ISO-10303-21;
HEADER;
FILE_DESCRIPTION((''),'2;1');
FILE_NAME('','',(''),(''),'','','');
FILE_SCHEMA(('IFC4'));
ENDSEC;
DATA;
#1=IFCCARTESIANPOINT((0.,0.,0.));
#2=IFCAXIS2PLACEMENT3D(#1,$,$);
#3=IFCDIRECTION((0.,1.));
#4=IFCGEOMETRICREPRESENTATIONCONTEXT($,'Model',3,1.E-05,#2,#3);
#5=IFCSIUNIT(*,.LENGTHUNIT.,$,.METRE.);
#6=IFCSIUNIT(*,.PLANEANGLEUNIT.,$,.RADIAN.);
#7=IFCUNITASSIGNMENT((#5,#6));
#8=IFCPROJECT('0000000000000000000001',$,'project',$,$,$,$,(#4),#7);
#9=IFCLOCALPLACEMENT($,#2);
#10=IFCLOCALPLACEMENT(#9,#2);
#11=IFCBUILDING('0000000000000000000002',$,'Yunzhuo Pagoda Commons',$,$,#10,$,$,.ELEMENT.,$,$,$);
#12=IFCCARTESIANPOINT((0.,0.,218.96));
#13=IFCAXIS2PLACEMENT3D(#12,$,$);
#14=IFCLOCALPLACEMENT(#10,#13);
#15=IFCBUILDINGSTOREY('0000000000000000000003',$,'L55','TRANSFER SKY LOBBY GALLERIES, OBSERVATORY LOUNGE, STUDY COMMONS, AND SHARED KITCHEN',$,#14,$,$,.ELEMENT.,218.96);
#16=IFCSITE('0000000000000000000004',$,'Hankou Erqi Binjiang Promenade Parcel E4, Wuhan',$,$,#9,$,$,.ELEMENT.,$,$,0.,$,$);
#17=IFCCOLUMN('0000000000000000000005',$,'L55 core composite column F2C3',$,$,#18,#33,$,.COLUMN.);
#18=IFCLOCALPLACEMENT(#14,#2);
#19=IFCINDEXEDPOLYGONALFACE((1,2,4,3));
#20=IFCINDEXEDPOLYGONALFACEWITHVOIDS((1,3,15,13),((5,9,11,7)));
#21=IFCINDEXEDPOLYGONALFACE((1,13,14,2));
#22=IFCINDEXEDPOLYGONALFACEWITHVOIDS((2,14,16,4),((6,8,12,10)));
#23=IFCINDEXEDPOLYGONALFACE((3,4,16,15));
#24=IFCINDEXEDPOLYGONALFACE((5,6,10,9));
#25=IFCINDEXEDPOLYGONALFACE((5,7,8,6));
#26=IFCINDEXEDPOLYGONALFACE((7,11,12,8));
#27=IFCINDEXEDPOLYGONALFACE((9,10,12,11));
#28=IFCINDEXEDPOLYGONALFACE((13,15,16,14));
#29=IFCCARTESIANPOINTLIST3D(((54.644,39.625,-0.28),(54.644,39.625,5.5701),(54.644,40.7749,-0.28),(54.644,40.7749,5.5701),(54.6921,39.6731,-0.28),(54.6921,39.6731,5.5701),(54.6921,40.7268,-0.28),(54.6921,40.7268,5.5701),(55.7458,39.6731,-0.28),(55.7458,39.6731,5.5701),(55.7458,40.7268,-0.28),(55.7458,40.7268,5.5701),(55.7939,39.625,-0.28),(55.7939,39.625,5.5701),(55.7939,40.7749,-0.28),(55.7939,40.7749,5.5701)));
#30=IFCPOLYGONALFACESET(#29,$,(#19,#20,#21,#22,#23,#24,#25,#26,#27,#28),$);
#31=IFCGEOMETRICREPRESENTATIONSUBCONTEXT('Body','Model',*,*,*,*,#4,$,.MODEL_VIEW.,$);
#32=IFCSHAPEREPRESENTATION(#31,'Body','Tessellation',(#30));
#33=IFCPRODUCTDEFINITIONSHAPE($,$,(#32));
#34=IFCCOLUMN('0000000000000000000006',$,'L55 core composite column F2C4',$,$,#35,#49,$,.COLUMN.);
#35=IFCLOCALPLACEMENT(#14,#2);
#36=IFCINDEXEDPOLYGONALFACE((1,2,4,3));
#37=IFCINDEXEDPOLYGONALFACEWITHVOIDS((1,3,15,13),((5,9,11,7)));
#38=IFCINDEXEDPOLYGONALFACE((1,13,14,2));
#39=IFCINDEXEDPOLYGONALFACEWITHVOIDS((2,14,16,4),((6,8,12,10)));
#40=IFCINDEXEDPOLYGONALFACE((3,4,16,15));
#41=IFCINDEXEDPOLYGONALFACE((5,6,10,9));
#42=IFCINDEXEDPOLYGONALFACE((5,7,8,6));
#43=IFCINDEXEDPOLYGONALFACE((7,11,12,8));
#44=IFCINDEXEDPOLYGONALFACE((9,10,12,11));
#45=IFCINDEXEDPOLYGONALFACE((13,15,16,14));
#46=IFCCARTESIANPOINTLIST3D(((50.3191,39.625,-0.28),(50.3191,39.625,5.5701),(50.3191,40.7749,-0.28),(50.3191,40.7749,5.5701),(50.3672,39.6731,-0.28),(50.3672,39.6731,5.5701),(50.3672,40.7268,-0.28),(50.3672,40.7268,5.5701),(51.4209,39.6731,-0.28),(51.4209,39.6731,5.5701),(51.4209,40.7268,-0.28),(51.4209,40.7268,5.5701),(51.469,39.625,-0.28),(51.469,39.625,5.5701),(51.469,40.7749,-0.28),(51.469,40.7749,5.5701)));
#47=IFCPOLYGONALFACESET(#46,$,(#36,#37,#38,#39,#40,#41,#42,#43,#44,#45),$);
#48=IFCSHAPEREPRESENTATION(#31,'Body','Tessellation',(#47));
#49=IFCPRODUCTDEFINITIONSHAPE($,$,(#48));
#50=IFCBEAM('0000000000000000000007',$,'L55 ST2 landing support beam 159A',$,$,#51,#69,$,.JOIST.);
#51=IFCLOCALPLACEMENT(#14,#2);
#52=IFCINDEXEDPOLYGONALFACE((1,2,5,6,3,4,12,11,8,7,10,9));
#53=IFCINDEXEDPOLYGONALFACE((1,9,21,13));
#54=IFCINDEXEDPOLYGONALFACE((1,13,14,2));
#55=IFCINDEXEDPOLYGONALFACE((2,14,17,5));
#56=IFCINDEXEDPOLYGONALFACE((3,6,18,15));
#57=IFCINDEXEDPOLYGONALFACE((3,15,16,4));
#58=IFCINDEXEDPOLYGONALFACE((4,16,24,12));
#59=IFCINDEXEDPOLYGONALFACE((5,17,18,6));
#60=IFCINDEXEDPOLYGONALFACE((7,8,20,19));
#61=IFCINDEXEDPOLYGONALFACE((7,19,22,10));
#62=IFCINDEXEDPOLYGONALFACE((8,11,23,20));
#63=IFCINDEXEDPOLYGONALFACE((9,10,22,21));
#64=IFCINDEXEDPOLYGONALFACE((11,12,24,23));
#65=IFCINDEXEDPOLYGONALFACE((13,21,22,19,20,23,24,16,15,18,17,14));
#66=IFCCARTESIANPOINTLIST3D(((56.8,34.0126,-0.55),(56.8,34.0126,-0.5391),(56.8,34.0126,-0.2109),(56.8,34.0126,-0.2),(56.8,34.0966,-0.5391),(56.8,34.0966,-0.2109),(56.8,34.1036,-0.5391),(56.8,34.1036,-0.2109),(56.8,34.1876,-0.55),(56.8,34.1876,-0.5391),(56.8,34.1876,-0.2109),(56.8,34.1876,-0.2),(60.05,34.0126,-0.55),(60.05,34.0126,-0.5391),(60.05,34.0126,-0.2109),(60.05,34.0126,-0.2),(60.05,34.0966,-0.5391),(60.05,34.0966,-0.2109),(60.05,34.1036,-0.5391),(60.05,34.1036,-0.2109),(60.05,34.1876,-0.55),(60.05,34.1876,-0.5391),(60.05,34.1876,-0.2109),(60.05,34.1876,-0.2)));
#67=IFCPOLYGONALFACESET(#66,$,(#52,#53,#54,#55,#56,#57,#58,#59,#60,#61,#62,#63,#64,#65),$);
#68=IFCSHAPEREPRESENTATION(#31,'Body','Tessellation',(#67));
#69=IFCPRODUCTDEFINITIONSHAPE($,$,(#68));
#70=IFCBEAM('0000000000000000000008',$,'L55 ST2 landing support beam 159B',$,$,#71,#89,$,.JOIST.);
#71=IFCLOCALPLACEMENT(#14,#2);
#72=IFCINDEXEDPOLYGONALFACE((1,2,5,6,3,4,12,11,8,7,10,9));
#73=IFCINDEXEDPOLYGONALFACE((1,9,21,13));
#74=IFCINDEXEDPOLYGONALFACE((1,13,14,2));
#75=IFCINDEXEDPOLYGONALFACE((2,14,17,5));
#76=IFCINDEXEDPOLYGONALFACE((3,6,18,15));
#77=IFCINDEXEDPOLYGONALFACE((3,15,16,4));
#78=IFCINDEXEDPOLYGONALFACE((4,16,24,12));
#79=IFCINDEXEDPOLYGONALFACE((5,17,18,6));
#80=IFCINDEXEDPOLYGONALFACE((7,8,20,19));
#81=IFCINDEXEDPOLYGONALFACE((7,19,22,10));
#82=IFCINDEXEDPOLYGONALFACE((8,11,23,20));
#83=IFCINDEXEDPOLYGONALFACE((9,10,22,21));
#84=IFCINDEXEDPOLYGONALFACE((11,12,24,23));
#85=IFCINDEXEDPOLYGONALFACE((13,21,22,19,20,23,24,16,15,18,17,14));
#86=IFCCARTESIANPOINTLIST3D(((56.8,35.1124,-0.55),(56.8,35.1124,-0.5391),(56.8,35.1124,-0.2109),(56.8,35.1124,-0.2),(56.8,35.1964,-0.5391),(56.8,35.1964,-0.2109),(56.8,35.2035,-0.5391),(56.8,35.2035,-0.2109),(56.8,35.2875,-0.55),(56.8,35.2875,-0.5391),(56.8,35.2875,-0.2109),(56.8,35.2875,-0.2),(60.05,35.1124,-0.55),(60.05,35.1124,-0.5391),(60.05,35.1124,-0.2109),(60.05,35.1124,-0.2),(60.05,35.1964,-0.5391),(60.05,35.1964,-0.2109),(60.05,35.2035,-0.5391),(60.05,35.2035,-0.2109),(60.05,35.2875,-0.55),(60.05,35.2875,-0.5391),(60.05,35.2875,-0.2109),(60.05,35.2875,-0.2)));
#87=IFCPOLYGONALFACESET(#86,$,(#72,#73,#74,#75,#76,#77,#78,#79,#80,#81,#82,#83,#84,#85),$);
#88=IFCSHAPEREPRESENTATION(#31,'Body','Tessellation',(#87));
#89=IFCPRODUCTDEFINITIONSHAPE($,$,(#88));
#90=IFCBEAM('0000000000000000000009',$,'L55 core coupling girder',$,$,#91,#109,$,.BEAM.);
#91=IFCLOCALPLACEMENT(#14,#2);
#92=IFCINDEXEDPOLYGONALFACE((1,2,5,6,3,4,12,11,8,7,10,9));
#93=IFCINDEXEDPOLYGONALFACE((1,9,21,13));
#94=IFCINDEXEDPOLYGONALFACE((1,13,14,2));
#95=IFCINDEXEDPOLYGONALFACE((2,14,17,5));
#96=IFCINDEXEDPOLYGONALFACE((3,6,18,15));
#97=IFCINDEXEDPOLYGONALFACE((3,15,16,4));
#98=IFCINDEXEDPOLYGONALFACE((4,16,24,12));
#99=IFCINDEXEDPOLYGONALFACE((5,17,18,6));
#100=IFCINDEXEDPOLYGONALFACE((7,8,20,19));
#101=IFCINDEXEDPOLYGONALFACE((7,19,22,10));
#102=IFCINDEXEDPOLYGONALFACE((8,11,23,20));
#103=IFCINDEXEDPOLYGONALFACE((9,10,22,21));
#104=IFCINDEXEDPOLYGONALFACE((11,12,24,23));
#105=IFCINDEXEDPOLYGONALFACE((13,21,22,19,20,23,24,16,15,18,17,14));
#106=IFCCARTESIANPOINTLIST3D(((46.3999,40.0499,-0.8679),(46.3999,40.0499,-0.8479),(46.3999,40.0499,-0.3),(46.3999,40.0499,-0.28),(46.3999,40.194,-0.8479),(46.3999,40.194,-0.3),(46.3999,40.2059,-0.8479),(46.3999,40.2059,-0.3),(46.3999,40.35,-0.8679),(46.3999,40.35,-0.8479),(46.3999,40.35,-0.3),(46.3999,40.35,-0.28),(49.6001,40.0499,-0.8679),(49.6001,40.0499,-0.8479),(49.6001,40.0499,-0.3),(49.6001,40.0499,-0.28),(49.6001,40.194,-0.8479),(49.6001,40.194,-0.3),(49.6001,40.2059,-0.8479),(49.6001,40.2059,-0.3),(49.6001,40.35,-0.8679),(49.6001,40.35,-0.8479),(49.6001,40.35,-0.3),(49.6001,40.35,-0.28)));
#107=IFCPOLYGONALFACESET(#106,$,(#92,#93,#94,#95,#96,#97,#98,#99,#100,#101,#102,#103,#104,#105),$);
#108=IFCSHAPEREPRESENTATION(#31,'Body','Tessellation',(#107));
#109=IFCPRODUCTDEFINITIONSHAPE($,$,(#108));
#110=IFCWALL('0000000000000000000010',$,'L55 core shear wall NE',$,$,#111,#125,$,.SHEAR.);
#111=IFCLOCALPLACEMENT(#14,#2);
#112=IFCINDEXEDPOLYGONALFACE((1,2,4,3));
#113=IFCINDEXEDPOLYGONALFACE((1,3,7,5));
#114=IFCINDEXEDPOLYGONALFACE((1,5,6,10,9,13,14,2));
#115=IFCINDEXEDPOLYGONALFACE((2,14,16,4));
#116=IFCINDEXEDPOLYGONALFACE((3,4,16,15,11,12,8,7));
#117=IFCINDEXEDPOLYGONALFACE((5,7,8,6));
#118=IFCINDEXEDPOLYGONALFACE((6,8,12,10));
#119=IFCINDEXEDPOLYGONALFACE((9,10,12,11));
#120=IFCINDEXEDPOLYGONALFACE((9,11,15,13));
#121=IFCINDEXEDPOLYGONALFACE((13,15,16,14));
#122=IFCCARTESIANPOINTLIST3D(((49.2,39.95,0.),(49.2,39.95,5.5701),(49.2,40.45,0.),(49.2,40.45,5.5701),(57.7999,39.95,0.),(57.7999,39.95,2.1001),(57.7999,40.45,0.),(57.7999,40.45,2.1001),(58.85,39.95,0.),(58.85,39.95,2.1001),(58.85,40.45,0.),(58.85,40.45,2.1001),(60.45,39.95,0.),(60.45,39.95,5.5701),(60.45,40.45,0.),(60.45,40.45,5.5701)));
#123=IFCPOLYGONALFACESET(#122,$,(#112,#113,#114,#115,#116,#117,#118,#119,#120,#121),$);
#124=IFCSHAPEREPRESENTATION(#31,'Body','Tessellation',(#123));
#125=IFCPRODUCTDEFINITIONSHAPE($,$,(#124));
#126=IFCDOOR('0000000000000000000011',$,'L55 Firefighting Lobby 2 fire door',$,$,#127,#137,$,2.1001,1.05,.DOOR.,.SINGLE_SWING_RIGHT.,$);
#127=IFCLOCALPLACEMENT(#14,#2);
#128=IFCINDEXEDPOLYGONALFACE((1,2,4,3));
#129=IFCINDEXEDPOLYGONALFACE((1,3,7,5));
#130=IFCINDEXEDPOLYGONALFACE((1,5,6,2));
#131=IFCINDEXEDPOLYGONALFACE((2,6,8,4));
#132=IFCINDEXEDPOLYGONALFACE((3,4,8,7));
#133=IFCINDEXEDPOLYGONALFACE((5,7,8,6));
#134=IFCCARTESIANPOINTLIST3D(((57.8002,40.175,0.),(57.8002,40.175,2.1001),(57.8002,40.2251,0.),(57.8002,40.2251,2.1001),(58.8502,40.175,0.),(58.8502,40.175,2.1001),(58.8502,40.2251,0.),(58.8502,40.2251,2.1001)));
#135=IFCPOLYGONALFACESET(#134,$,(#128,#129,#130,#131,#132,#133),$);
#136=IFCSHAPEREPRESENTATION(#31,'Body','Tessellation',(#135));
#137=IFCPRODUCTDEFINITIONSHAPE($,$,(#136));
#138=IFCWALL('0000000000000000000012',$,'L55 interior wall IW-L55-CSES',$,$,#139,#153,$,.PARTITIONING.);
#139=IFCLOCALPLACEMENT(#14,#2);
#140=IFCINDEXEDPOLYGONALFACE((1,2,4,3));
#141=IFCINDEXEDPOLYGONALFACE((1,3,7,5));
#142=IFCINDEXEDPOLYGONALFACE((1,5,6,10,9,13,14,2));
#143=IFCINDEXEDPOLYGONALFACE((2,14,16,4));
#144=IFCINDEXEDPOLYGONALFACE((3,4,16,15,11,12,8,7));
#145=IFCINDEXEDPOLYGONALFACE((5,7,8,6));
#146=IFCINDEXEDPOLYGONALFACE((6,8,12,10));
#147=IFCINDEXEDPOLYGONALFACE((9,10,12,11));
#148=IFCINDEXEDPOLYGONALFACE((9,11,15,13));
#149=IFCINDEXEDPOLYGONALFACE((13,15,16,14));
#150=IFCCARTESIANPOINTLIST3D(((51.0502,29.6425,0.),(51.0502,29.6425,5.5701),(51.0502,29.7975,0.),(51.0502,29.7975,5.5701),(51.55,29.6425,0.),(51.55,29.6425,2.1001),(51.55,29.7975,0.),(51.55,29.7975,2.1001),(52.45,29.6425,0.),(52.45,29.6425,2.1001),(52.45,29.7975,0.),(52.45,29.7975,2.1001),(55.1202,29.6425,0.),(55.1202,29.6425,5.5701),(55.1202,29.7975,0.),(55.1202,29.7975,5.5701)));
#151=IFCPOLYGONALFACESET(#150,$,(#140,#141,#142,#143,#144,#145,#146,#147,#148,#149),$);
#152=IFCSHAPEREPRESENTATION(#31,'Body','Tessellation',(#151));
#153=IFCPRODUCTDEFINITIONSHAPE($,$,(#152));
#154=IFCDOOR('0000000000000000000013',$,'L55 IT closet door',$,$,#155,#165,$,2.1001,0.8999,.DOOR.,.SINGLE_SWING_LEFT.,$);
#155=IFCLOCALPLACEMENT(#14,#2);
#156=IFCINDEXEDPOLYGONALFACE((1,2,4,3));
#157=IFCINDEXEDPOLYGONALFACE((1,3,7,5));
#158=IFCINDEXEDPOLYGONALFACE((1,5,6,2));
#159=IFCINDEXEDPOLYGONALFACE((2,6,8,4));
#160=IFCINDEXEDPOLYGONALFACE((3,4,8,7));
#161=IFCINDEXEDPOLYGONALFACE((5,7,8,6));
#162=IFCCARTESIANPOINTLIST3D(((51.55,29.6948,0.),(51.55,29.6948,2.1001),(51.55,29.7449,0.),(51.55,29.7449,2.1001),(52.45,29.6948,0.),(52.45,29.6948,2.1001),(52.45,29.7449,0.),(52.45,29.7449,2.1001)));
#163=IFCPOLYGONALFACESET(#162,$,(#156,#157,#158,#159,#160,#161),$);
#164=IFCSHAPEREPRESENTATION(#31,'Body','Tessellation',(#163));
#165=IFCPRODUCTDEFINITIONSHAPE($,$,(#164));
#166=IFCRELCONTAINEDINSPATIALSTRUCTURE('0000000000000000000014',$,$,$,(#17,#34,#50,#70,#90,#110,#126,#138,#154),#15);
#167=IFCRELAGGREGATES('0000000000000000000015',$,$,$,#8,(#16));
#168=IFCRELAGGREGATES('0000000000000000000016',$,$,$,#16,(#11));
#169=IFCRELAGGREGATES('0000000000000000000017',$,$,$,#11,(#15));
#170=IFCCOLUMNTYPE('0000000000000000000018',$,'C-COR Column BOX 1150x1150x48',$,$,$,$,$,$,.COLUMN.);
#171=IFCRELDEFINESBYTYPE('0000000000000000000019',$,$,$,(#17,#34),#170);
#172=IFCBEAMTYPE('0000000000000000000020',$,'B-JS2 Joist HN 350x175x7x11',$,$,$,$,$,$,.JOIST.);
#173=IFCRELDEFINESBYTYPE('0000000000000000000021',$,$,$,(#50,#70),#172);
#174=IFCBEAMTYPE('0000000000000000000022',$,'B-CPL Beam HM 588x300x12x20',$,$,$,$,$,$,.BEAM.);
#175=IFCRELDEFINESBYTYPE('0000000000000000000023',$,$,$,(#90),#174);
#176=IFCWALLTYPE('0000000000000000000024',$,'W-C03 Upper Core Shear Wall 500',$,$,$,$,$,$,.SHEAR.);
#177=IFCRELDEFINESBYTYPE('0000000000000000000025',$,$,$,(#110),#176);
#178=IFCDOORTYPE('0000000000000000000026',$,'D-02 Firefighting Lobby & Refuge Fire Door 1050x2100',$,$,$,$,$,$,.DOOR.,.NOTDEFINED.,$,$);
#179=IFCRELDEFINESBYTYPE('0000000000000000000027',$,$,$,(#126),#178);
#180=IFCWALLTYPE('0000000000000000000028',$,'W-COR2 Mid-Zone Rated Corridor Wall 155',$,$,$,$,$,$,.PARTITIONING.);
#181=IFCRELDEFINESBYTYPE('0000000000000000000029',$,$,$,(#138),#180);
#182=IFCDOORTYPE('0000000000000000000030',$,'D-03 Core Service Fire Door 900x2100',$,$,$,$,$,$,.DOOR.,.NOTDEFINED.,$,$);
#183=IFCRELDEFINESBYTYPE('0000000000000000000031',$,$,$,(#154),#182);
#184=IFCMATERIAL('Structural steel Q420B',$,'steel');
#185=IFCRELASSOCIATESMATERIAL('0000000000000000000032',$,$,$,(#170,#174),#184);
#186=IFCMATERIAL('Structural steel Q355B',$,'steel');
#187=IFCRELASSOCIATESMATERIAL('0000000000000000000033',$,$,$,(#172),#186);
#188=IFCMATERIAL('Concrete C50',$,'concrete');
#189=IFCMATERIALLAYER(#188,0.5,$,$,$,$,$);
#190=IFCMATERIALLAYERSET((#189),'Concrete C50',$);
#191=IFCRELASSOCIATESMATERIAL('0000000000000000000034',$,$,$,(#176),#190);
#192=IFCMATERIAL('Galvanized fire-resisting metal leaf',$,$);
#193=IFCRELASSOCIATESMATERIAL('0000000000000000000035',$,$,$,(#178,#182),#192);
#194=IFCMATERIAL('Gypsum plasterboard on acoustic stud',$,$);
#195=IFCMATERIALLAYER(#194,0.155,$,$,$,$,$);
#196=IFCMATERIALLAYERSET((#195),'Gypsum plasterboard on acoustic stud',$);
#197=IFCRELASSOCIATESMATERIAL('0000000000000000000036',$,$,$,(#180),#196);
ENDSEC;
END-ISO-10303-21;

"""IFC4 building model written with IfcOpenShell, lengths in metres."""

from ifc_helpers import new_model, si_unit, direction, frame, frame_2d, origin, origin_with_axes, origin_2d, place, context, subcontext, project, spatial, rectangle, hollow_rectangle, i_section, extrude, source, transform, mapped, material, layer, layer_set, material_profile, profile_set, type_object, element, fill, save


model = new_model("IFC4")

# Units and contexts
model_context = context("Model", 3, precision=1e-05, world=origin(), true_north=direction((0.0, 1.0)))
body_context = subcontext(model_context, "Body", "Model", "MODEL_VIEW")
ifc_project = project(units=[si_unit("LENGTHUNIT", "METRE"), si_unit("PLANEANGLEUNIT", "RADIAN")], contexts=[model_context])

# Site, building, storey
site_placement = place(None, origin())
site = spatial("IfcSite", under=ifc_project, at=site_placement, Name="Hankou Erqi Binjiang Promenade Parcel E4, Wuhan", CompositionType="ELEMENT", RefElevation=0.0)
building_placement = place(site_placement, origin())
building = spatial("IfcBuilding", under=site, at=building_placement, Name="Yunzhuo Pagoda Commons", CompositionType="ELEMENT")
storey_placement = place(building_placement, frame((0.0, 0.0, 218.96)))
storey = spatial("IfcBuildingStorey", under=building, at=storey_placement, Name="L55", Description="TRANSFER SKY LOBBY GALLERIES, OBSERVATORY LOUNGE, STUDY COMMONS, AND SHARED KITCHEN", CompositionType="ELEMENT", Elevation=218.96)

# Columns
ifc_material_1 = material(Name="Structural steel Q420B", Category="steel")
ifc_material_profile_1 = material_profile(ifc_material_1, hollow_rectangle(XDim=1.1499, YDim=1.1499, WallThickness=0.0481, at=origin_2d()), Name="Structural steel Q420B")
ifc_profile_set_1 = profile_set([ifc_material_profile_1], Name="Structural steel Q420B")
column_type = type_object("IfcColumnType", Name="C-COR Column BOX 1150x1150x48", PredefinedType="COLUMN", material=ifc_profile_set_1)
shared_shape_1 = source(origin(), body_context, "Body", "SweptSolid", [
    extrude(hollow_rectangle(XDim=1.1499, YDim=1.1499, WallThickness=0.0481, at=origin_2d()), origin(), (0.0, 0.0, 1.0), 5.8501),
])
for number, where, z_axis, x_axis, name in (
    (1, (55.219, 40.2, -0.28), (0.0, 0.0, 1.0), (1.0, 0.0, 0.0), "L55 core composite column F2C3"),
    (2, (50.894, 40.2, -0.28), (0.0, 0.0, 1.0), (1.0, 0.0, 0.0), "L55 core composite column F2C4"),
):
    element("IfcColumn", number, at=place(storey_placement, frame(where, z_axis=z_axis, x_axis=x_axis)), inside=storey, type_object=column_type, Name=name, PredefinedType="COLUMN", context=body_context, shape_type="MappedRepresentation", body=[
        mapped(shared_shape_1, transform((0.0, 0.0, 0.0), scale=1.0)),
    ])

# Beams
ifc_material_2 = material(Name="Structural steel Q355B", Category="steel")
ifc_material_profile_2 = material_profile(ifc_material_2, i_section(OverallWidth=0.175, OverallDepth=0.3501, WebThickness=0.0071, FlangeThickness=0.011, at=origin_2d()), Name="Structural steel Q355B")
ifc_profile_set_2 = profile_set([ifc_material_profile_2], Name="Structural steel Q355B")
beam_type_1 = type_object("IfcBeamType", Name="B-JS2 Joist HN 350x175x7x11", PredefinedType="JOIST", material=ifc_profile_set_2)
shared_shape_2 = source(origin(), body_context, "Body", "SweptSolid", [
    extrude(i_section(OverallWidth=0.175, OverallDepth=0.3501, WebThickness=0.0071, FlangeThickness=0.011, at=origin_2d()), origin(), (0.0, 0.0, 1.0), 3.25),
])
for number, where, z_axis, x_axis, name in (
    (3, (56.8, 34.1001, -0.375), (1.0, 0.0, 0.0), (0.0, 1.0, 0.0), "L55 ST2 landing support beam 159A"),
    (4, (56.8, 35.2, -0.375), (1.0, 0.0, 0.0), (0.0, 1.0, 0.0), "L55 ST2 landing support beam 159B"),
):
    element("IfcBeam", number, at=place(storey_placement, frame(where, z_axis=z_axis, x_axis=x_axis)), inside=storey, type_object=beam_type_1, Name=name, PredefinedType="JOIST", context=body_context, shape_type="MappedRepresentation", body=[
        mapped(shared_shape_2, transform((0.0, 0.0, 0.0), scale=1.0)),
    ])
ifc_material_profile_3 = material_profile(ifc_material_1, i_section(OverallWidth=0.3, OverallDepth=0.5879, WebThickness=0.012, FlangeThickness=0.02, at=origin_2d()), Name="Structural steel Q420B")
ifc_profile_set_3 = profile_set([ifc_material_profile_3], Name="Structural steel Q420B")
beam_type_2 = type_object("IfcBeamType", Name="B-CPL Beam HM 588x300x12x20", PredefinedType="BEAM", material=ifc_profile_set_3)
shared_shape_3 = source(origin(), body_context, "Body", "SweptSolid", [
    extrude(i_section(OverallWidth=0.3, OverallDepth=0.5879, WebThickness=0.012, FlangeThickness=0.02, at=origin_2d()), origin(), (0.0, 0.0, 1.0), 3.2002),
])
beam_placement = place(storey_placement, frame((46.3999, 40.2, -0.574), z_axis=(1.0, 0.0, 0.0), x_axis=(0.0, 1.0, 0.0)))
element("IfcBeam", 5, at=beam_placement, inside=storey, type_object=beam_type_2, Name="L55 core coupling girder", PredefinedType="BEAM", context=body_context, shape_type="MappedRepresentation", body=[
    mapped(shared_shape_3, transform((0.0, 0.0, 0.0), scale=1.0)),
])

# Walls, openings, doors
ifc_material_3 = material(Name="Concrete C50", Category="concrete")
ifc_layer_1 = layer(ifc_material_3, 0.5)
ifc_layer_set_1 = layer_set([ifc_layer_1], Name="Concrete C50")
wall_type_1 = type_object("IfcWallType", Name="W-C03 Upper Core Shear Wall 500", PredefinedType="SHEAR", material=ifc_layer_set_1)
wall_1_placement = place(storey_placement, frame((49.2, 40.2, 0.0), z_axis=(0.0, 0.0, 1.0), x_axis=(1.0, 0.0, 0.0)))
wall_1 = element("IfcWall", 6, at=wall_1_placement, inside=storey, type_object=wall_type_1, Name="L55 core shear wall NE", PredefinedType="SHEAR", context=body_context, shape_type="SweptSolid", body=[
    extrude(rectangle(XDim=11.25, YDim=0.5, at=frame_2d((5.625, 0.0))), origin(), (0.0, 0.0, 1.0), 5.5701),
])
opening_1_placement = place(wall_1_placement, frame((8.6001, 0.0, 0.0)))
opening_1 = element("IfcOpeningElement", 7, at=opening_1_placement, cuts=wall_1, PredefinedType="OPENING", context=body_context, shape_type="SweptSolid", body=[
    extrude(rectangle(XDim=1.05, YDim=2.1001, at=frame_2d((0.5249, 1.05))), frame((0.0, 0.26, 0.0), z_axis=(0.0, -1.0, 0.0), x_axis=(1.0, 0.0, 0.0)), (0.0, 0.0, 1.0), 0.52),
])
ifc_material_4 = material(Name="Galvanized fire-resisting metal leaf")
door_type_1 = type_object("IfcDoorType", Name="D-02 Firefighting Lobby & Refuge Fire Door 1050x2100", OperationType="NOTDEFINED", PredefinedType="DOOR", material=ifc_material_4)
shared_shape_4 = source(origin(), body_context, "Body", "SweptSolid", [
    extrude(rectangle(XDim=1.05, YDim=2.1001, at=frame_2d((0.5249, 1.05))), frame((0.0, 0.0249, 0.0), z_axis=(0.0, -1.0, 0.0), x_axis=(1.0, 0.0, 0.0)), (0.0, 0.0, 1.0), 0.05),
])
door_1_placement = place(opening_1_placement, frame((1.05, 0.0, 0.0), z_axis=(0.0, 0.0, 1.0), x_axis=(-1.0, 0.0, 0.0)))
door_1 = element("IfcDoor", 8, at=door_1_placement, inside=storey, type_object=door_type_1, Name="L55 Firefighting Lobby 2 fire door", OperationType="SINGLE_SWING_RIGHT", OverallHeight=2.1001, OverallWidth=1.05, PredefinedType="DOOR", context=body_context, shape_type="MappedRepresentation", body=[
    mapped(shared_shape_4, transform((0.0, 0.0, 0.0), scale=1.0)),
])
fill(opening_1, door_1)
ifc_material_5 = material(Name="Gypsum plasterboard on acoustic stud")
ifc_layer_2 = layer(ifc_material_5, 0.155)
ifc_layer_set_2 = layer_set([ifc_layer_2], Name="Gypsum plasterboard on acoustic stud")
wall_type_2 = type_object("IfcWallType", Name="W-COR2 Mid-Zone Rated Corridor Wall 155", PredefinedType="PARTITIONING", material=ifc_layer_set_2)
wall_2_placement = place(storey_placement, frame((51.05, 29.72, 0.0), z_axis=(0.0, 0.0, 1.0), x_axis=(1.0, 0.0, 0.0)))
wall_2 = element("IfcWall", 9, at=wall_2_placement, inside=storey, type_object=wall_type_2, Name="L55 interior wall IW-L55-CSES", PredefinedType="PARTITIONING", context=body_context, shape_type="SweptSolid", body=[
    extrude(rectangle(XDim=4.0701, YDim=0.155, at=frame_2d((2.0352, 0.0))), origin(), (0.0, 0.0, 1.0), 5.5701),
])
opening_2_placement = place(wall_2_placement, frame((0.5, 0.0, 0.0)))
opening_2 = element("IfcOpeningElement", 10, at=opening_2_placement, cuts=wall_2, PredefinedType="OPENING", context=body_context, shape_type="SweptSolid", body=[
    extrude(rectangle(XDim=0.8999, YDim=2.1001, at=frame_2d((0.45, 1.05))), frame((0.0, 0.0874, 0.0), z_axis=(0.0, -1.0, 0.0), x_axis=(1.0, 0.0, 0.0)), (0.0, 0.0, 1.0), 0.175),
])
door_type_2 = type_object("IfcDoorType", Name="D-03 Core Service Fire Door 900x2100", OperationType="NOTDEFINED", PredefinedType="DOOR", material=ifc_material_4)
shared_shape_5 = source(origin(), body_context, "Body", "SweptSolid", [
    extrude(rectangle(XDim=0.8999, YDim=2.1001, at=frame_2d((0.45, 1.05))), frame((0.0, 0.0249, 0.0), z_axis=(0.0, -1.0, 0.0), x_axis=(1.0, 0.0, 0.0)), (0.0, 0.0, 1.0), 0.05),
])
door_2_placement = place(opening_2_placement, origin_with_axes())
door_2 = element("IfcDoor", 11, at=door_2_placement, inside=storey, type_object=door_type_2, Name="L55 IT closet door", OperationType="SINGLE_SWING_LEFT", OverallHeight=2.1001, OverallWidth=0.8999, PredefinedType="DOOR", context=body_context, shape_type="MappedRepresentation", body=[
    mapped(shared_shape_5, transform((0.0, 0.0, 0.0), scale=1.0)),
])
fill(opening_2, door_2)

save(model, "model.ifc")
